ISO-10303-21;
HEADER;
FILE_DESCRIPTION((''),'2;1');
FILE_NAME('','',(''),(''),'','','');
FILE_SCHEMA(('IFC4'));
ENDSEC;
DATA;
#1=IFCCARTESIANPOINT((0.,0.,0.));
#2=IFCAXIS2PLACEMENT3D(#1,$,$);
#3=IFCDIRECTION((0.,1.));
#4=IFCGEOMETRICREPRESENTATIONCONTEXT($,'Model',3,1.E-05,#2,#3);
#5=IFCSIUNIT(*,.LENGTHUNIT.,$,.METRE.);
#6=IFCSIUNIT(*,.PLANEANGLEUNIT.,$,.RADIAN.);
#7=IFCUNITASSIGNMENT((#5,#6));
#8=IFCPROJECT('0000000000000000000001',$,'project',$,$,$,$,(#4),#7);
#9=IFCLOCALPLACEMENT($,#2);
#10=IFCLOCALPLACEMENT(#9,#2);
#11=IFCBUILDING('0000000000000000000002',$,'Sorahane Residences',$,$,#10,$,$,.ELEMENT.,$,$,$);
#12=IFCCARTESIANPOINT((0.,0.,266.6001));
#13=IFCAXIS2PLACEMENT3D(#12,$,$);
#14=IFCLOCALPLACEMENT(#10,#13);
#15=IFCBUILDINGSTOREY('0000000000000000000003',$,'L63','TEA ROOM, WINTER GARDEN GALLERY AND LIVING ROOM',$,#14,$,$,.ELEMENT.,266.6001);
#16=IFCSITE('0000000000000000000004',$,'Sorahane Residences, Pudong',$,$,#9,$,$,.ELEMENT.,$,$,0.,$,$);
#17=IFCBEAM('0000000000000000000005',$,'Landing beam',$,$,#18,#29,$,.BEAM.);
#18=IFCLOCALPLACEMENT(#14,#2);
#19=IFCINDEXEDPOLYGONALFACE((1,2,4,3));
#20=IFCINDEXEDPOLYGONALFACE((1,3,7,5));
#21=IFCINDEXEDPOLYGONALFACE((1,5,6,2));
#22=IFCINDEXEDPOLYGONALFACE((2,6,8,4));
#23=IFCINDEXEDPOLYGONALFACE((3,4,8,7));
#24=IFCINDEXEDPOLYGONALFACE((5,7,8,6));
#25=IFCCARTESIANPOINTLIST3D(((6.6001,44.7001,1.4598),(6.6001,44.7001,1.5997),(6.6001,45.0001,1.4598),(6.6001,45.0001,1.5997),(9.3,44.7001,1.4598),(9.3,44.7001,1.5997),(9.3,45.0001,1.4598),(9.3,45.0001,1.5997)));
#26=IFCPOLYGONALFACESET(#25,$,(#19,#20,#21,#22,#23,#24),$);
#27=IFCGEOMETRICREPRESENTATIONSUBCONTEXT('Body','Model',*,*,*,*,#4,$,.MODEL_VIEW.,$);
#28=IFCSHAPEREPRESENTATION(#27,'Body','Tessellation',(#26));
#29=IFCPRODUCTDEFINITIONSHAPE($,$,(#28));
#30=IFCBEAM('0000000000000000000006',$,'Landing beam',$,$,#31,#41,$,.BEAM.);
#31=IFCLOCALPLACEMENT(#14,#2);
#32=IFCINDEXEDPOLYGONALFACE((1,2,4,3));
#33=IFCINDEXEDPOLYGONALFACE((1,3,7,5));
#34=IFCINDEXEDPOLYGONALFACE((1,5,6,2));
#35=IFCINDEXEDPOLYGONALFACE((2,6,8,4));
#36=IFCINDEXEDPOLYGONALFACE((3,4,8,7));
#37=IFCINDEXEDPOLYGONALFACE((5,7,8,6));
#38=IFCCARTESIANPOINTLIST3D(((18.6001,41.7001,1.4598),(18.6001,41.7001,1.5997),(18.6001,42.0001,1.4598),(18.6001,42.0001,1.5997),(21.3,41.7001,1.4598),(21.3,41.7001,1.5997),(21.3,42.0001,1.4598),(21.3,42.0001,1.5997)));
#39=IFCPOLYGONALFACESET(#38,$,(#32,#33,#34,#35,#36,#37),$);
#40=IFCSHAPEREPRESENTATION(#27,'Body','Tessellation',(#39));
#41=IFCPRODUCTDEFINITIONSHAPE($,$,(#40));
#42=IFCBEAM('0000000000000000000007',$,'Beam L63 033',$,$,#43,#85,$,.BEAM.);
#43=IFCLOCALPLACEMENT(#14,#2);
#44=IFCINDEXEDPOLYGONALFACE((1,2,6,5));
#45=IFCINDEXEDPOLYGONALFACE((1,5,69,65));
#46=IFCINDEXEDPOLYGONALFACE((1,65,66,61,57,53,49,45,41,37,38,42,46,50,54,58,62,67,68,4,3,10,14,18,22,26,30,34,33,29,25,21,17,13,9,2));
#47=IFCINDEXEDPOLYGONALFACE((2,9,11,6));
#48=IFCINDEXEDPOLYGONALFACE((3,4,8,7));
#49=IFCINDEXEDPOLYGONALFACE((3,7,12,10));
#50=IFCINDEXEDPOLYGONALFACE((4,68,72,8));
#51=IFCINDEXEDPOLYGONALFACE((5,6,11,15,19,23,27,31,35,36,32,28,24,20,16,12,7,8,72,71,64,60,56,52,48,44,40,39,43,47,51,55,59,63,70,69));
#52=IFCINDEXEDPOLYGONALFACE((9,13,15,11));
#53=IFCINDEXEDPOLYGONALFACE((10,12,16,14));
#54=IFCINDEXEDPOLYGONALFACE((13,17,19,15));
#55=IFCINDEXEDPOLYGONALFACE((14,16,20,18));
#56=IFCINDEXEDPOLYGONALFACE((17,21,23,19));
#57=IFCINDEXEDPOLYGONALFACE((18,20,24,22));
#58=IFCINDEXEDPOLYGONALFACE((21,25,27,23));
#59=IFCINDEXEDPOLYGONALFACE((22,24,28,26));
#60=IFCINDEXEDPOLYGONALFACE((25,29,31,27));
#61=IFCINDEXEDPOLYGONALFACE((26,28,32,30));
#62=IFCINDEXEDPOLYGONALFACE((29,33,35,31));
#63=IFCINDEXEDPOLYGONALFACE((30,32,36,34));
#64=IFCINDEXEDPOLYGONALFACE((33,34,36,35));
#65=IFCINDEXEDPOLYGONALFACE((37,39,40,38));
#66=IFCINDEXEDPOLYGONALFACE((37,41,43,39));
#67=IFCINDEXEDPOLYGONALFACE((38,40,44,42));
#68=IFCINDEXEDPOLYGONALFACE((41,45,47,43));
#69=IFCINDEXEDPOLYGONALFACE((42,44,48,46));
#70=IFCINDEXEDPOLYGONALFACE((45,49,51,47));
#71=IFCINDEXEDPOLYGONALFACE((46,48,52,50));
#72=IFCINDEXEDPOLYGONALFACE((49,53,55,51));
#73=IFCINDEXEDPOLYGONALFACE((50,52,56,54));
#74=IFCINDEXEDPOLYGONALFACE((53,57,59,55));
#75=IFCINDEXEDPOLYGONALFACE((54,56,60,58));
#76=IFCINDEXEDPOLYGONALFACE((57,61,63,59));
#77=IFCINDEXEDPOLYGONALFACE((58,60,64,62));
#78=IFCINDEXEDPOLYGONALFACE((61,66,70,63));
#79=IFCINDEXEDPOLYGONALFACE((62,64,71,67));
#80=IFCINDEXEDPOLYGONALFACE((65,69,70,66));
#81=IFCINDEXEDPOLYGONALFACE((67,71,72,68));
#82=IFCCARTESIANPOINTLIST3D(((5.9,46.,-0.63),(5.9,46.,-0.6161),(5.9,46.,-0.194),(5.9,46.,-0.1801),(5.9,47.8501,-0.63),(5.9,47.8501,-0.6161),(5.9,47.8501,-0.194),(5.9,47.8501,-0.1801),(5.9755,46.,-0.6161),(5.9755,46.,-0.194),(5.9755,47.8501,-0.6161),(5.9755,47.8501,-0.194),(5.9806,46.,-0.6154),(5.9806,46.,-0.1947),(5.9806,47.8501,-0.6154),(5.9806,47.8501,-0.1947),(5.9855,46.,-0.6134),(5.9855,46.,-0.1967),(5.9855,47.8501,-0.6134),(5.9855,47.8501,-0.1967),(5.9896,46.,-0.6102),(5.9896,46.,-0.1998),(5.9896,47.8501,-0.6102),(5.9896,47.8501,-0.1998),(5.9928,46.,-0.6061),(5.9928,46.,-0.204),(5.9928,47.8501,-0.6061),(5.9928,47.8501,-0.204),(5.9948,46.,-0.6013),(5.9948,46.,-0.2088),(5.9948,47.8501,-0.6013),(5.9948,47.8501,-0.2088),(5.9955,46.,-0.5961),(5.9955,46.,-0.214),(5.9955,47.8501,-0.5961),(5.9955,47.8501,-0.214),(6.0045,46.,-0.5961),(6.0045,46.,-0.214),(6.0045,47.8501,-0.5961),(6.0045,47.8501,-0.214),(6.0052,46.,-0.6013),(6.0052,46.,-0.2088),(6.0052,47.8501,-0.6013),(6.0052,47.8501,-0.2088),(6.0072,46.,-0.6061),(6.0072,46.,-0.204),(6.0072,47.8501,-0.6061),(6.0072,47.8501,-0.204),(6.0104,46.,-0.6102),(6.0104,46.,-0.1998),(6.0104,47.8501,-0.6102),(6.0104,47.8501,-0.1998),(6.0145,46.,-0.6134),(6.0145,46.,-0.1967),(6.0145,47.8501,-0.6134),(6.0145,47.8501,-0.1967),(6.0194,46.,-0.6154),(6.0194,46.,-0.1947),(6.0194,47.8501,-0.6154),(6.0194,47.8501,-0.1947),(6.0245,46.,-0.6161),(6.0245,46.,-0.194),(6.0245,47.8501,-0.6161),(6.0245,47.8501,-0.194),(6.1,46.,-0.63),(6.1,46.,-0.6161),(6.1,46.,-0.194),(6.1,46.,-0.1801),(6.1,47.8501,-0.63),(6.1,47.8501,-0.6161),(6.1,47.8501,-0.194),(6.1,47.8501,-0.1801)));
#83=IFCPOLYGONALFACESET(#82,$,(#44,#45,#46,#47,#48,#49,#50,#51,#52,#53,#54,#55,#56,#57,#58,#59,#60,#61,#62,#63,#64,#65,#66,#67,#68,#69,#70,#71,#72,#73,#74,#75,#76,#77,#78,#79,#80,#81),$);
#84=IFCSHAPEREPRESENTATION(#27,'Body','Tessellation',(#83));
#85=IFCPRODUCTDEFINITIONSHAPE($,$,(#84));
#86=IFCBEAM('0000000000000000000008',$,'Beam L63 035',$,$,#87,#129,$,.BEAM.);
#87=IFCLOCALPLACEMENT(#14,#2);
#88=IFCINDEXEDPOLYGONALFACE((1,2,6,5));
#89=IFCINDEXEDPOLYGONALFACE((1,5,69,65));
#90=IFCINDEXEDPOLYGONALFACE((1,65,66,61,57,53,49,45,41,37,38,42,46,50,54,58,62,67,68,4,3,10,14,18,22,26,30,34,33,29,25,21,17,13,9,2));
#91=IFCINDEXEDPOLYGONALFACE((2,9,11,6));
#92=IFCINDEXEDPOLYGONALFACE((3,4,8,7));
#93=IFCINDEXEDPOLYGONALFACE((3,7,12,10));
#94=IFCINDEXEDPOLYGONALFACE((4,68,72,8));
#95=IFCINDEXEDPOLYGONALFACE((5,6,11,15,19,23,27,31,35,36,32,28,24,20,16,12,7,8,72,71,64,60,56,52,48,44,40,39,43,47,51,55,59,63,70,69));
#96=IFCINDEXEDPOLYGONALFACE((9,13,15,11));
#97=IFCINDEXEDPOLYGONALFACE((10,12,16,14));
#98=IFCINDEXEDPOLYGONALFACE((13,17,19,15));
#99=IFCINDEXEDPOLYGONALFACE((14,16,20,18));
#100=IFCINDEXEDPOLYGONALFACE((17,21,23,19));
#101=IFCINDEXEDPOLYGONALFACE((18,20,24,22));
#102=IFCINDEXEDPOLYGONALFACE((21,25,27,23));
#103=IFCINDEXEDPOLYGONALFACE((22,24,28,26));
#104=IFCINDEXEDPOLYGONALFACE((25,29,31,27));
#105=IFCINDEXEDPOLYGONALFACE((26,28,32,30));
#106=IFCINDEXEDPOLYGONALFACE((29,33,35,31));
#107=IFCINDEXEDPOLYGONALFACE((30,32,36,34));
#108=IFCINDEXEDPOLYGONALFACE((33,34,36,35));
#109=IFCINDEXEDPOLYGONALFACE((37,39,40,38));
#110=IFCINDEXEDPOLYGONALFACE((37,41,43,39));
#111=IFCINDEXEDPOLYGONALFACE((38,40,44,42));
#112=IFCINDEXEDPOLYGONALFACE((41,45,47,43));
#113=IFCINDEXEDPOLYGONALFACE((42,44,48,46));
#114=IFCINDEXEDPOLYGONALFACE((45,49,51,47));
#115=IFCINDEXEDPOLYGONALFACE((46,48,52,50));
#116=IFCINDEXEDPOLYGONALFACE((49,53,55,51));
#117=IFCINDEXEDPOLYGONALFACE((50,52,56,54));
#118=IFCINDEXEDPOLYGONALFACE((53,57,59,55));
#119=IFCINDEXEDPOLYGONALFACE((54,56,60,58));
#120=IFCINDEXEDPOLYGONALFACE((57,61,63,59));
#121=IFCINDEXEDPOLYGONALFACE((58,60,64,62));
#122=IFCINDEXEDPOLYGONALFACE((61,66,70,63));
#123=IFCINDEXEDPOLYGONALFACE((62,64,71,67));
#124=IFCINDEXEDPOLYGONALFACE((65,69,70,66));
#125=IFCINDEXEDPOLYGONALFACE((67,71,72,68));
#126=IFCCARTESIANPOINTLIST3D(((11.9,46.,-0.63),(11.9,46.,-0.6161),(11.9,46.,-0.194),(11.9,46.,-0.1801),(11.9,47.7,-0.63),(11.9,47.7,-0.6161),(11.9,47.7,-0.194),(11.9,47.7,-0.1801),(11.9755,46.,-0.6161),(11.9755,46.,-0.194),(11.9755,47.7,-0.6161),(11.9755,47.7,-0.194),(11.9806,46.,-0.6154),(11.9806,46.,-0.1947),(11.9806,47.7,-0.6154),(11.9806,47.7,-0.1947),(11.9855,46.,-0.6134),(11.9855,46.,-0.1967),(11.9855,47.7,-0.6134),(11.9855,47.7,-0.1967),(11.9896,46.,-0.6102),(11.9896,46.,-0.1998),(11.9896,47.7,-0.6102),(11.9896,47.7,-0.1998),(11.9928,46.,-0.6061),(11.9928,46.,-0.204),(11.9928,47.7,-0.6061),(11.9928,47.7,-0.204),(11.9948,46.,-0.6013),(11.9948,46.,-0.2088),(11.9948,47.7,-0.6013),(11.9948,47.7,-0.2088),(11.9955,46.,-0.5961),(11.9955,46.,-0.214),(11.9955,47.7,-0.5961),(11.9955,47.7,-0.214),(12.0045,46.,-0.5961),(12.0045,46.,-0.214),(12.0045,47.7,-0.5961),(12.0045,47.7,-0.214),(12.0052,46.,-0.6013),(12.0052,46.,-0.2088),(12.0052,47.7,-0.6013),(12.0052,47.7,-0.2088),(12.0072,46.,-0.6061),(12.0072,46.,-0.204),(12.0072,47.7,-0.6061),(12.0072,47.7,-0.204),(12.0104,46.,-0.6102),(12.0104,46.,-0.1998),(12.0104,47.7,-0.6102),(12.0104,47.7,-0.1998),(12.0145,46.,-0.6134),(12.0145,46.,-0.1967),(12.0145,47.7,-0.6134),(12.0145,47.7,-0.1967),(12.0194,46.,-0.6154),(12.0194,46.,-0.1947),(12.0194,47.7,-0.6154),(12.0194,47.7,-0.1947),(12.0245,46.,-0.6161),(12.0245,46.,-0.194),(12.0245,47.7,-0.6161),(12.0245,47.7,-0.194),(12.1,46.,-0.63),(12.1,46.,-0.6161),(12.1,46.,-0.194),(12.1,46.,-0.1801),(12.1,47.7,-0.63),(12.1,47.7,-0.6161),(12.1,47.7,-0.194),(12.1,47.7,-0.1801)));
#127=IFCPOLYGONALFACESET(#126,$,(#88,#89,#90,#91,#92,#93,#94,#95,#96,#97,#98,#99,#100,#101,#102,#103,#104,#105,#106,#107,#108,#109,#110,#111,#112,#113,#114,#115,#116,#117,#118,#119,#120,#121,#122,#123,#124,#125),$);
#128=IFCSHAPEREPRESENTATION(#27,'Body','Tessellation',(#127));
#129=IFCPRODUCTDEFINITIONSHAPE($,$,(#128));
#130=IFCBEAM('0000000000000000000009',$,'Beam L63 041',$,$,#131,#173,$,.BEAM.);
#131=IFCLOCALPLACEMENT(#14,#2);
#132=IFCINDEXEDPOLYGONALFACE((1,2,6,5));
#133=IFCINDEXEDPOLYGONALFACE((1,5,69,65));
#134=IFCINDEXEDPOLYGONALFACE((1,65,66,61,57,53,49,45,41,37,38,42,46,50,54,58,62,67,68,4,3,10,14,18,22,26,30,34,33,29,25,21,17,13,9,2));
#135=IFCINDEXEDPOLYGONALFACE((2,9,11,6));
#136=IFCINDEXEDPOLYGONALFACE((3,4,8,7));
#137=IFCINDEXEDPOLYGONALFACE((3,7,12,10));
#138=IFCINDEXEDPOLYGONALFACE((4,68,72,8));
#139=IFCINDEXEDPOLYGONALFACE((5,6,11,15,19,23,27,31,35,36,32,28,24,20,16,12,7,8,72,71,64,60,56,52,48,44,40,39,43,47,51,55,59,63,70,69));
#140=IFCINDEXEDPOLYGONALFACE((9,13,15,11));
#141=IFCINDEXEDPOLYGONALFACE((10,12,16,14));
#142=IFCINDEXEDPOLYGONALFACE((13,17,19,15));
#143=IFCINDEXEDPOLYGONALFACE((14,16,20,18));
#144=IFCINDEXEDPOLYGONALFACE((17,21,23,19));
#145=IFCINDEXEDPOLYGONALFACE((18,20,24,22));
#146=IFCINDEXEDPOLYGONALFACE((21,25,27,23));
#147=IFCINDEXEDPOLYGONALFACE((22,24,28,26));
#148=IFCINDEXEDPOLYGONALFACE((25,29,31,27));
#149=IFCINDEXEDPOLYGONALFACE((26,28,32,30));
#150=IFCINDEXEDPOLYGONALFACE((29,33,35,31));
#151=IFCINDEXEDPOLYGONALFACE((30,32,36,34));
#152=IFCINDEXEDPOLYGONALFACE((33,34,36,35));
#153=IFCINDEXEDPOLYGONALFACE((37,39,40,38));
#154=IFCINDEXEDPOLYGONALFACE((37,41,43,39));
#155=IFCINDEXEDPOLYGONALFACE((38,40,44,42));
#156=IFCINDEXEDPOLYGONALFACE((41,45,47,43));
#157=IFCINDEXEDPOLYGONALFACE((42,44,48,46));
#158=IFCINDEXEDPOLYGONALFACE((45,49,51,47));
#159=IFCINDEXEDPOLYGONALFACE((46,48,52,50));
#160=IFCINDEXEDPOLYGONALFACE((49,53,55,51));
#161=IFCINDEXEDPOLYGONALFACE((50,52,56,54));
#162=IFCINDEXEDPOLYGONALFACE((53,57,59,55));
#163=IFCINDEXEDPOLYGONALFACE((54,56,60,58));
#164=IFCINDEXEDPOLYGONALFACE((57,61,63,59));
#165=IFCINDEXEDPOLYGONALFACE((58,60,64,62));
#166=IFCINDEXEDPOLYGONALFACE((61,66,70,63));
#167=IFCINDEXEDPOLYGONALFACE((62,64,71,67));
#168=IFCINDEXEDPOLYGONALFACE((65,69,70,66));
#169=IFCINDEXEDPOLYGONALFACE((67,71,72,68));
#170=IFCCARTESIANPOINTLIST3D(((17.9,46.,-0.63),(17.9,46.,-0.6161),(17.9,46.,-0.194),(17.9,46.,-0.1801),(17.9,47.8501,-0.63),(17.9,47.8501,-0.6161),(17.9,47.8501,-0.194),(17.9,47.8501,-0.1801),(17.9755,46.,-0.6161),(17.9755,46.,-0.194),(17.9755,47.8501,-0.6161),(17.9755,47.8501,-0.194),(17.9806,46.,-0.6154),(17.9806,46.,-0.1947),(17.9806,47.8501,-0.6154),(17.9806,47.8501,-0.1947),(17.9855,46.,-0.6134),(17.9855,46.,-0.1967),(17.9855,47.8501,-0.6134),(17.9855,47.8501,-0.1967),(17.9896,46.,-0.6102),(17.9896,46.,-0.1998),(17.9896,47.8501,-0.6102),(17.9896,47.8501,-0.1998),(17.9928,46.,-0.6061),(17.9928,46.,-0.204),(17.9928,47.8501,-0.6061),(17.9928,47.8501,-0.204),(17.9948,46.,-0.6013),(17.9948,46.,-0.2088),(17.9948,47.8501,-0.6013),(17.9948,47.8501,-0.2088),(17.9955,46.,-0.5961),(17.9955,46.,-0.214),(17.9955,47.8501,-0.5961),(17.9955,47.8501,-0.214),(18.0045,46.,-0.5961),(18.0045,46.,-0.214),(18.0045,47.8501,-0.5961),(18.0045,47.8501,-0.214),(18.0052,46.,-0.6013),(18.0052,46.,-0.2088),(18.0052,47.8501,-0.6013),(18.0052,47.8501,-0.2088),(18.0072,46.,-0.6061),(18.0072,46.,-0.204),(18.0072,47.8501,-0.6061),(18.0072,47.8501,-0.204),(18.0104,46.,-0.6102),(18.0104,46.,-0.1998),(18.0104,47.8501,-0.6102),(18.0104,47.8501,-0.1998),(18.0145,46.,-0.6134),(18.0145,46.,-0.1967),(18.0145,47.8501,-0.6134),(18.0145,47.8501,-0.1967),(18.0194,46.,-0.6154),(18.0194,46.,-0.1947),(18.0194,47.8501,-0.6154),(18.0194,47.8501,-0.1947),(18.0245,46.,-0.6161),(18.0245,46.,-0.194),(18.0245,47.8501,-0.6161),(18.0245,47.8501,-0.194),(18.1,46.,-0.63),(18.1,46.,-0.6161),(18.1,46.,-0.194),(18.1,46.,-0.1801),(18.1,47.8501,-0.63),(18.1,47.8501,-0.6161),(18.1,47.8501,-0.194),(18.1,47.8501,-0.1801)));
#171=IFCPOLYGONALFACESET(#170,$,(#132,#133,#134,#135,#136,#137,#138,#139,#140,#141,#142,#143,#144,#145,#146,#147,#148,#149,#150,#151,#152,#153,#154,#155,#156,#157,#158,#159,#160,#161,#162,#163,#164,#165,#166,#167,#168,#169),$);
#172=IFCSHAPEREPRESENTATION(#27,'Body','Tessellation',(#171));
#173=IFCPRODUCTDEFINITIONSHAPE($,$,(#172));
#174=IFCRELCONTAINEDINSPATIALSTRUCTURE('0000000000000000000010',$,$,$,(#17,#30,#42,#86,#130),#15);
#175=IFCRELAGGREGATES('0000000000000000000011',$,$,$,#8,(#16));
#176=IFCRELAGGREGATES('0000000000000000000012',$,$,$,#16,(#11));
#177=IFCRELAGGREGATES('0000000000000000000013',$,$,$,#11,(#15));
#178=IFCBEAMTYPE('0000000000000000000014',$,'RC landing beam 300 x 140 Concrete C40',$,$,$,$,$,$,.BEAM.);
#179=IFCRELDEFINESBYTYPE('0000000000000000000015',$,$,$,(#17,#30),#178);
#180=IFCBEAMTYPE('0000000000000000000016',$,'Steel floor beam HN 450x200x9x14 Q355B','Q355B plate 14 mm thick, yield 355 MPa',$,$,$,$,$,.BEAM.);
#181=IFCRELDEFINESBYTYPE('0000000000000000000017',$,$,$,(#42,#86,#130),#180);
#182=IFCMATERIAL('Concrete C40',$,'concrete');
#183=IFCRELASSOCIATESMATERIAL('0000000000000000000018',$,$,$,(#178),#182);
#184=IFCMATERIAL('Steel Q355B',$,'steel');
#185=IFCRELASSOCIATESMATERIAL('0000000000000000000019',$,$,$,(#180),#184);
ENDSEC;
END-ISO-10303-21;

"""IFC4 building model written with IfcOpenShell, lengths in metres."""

from ifc_helpers import new_model, si_unit, direction, frame, origin, origin_2d, place, context, subcontext, project, spatial, rectangle, i_section, extrude, material, material_profile, profile_set, type_object, element, save


model = new_model("IFC4")

# Units and contexts
model_context = context("Model", 3, precision=1e-05, world=origin(), true_north=direction((0.0, 1.0)))
body_context = subcontext(model_context, "Body", "Model", "MODEL_VIEW")
ifc_project = project(units=[si_unit("LENGTHUNIT", "METRE"), si_unit("PLANEANGLEUNIT", "RADIAN")], contexts=[model_context])

# Site, building, storey
site_placement = place(None, origin())
site = spatial("IfcSite", under=ifc_project, at=site_placement, Name="Sorahane Residences, Pudong", CompositionType="ELEMENT", RefElevation=0.0)
building_placement = place(site_placement, origin())
building = spatial("IfcBuilding", under=site, at=building_placement, Name="Sorahane Residences", CompositionType="ELEMENT")
storey_placement = place(building_placement, frame((0.0, 0.0, 266.6001)))
storey = spatial("IfcBuildingStorey", under=building, at=storey_placement, Name="L63", Description="TEA ROOM, WINTER GARDEN GALLERY AND LIVING ROOM", CompositionType="ELEMENT", Elevation=266.6001)

# Beams
ifc_material_1 = material(Name="Concrete C40", Category="concrete")
ifc_material_profile_1 = material_profile(ifc_material_1, rectangle(XDim=0.3, YDim=0.1399, at=origin_2d()), Name="300x140")
ifc_profile_set_1 = profile_set([ifc_material_profile_1], Name="Concrete C40")
beam_type_1 = type_object("IfcBeamType", Name="RC landing beam 300 x 140 Concrete C40", PredefinedType="BEAM", material=ifc_profile_set_1)
for number, where, z_axis, x_axis, name in (
    (1, (6.6001, 44.8501, 1.5298), (1.0, 0.0, 0.0), (0.0, 1.0, 0.0), "Landing beam"),
    (2, (18.6001, 41.8501, 1.5298), (1.0, 0.0, 0.0), (0.0, 1.0, 0.0), "Landing beam"),
):
    element("IfcBeam", number, at=place(storey_placement, frame(where, z_axis=z_axis, x_axis=x_axis)), inside=storey, type_object=beam_type_1, Name=name, PredefinedType="BEAM", context=body_context, shape_type="SweptSolid", body=[
        extrude(rectangle(XDim=0.3, YDim=0.1399, at=origin_2d()), origin(), (0.0, 0.0, 1.0), 2.7),
    ])
ifc_material_2 = material(Name="Steel Q355B", Category="steel")
ifc_material_profile_2 = material_profile(ifc_material_2, i_section(OverallWidth=0.2, OverallDepth=0.45, WebThickness=0.009, FlangeThickness=0.0139, FilletRadius=0.02, at=origin_2d()), Name="HN 450x200x9x14")
ifc_profile_set_2 = profile_set([ifc_material_profile_2], Name="Steel Q355B")
beam_type_2 = type_object("IfcBeamType", Name="Steel floor beam HN 450x200x9x14 Q355B", Description="Q355B plate 14 mm thick, yield 355 MPa", PredefinedType="BEAM", material=ifc_profile_set_2)
beam_1_placement = place(storey_placement, frame((6.0, 46.0, -0.405), z_axis=(0.0, 1.0, 0.0), x_axis=(-1.0, 0.0, 0.0)))
element("IfcBeam", 3, at=beam_1_placement, inside=storey, type_object=beam_type_2, Name="Beam L63 033", PredefinedType="BEAM", context=body_context, shape_type="SweptSolid", body=[
    extrude(i_section(OverallWidth=0.2, OverallDepth=0.45, WebThickness=0.009, FlangeThickness=0.0139, FilletRadius=0.02, at=origin_2d()), origin(), (0.0, 0.0, 1.0), 1.8501),
])
beam_2_placement = place(storey_placement, frame((12.0, 46.0, -0.405), z_axis=(0.0, 1.0, 0.0), x_axis=(-1.0, 0.0, 0.0)))
element("IfcBeam", 4, at=beam_2_placement, inside=storey, type_object=beam_type_2, Name="Beam L63 035", PredefinedType="BEAM", context=body_context, shape_type="SweptSolid", body=[
    extrude(i_section(OverallWidth=0.2, OverallDepth=0.45, WebThickness=0.009, FlangeThickness=0.0139, FilletRadius=0.02, at=origin_2d()), origin(), (0.0, 0.0, 1.0), 1.7),
])
beam_3_placement = place(storey_placement, frame((18.0, 46.0, -0.405), z_axis=(0.0, 1.0, 0.0), x_axis=(-1.0, 0.0, 0.0)))
element("IfcBeam", 5, at=beam_3_placement, inside=storey, type_object=beam_type_2, Name="Beam L63 041", PredefinedType="BEAM", context=body_context, shape_type="SweptSolid", body=[
    extrude(i_section(OverallWidth=0.2, OverallDepth=0.45, WebThickness=0.009, FlangeThickness=0.0139, FilletRadius=0.02, at=origin_2d()), origin(), (0.0, 0.0, 1.0), 1.8501),
])

save(model, "model.ifc")
